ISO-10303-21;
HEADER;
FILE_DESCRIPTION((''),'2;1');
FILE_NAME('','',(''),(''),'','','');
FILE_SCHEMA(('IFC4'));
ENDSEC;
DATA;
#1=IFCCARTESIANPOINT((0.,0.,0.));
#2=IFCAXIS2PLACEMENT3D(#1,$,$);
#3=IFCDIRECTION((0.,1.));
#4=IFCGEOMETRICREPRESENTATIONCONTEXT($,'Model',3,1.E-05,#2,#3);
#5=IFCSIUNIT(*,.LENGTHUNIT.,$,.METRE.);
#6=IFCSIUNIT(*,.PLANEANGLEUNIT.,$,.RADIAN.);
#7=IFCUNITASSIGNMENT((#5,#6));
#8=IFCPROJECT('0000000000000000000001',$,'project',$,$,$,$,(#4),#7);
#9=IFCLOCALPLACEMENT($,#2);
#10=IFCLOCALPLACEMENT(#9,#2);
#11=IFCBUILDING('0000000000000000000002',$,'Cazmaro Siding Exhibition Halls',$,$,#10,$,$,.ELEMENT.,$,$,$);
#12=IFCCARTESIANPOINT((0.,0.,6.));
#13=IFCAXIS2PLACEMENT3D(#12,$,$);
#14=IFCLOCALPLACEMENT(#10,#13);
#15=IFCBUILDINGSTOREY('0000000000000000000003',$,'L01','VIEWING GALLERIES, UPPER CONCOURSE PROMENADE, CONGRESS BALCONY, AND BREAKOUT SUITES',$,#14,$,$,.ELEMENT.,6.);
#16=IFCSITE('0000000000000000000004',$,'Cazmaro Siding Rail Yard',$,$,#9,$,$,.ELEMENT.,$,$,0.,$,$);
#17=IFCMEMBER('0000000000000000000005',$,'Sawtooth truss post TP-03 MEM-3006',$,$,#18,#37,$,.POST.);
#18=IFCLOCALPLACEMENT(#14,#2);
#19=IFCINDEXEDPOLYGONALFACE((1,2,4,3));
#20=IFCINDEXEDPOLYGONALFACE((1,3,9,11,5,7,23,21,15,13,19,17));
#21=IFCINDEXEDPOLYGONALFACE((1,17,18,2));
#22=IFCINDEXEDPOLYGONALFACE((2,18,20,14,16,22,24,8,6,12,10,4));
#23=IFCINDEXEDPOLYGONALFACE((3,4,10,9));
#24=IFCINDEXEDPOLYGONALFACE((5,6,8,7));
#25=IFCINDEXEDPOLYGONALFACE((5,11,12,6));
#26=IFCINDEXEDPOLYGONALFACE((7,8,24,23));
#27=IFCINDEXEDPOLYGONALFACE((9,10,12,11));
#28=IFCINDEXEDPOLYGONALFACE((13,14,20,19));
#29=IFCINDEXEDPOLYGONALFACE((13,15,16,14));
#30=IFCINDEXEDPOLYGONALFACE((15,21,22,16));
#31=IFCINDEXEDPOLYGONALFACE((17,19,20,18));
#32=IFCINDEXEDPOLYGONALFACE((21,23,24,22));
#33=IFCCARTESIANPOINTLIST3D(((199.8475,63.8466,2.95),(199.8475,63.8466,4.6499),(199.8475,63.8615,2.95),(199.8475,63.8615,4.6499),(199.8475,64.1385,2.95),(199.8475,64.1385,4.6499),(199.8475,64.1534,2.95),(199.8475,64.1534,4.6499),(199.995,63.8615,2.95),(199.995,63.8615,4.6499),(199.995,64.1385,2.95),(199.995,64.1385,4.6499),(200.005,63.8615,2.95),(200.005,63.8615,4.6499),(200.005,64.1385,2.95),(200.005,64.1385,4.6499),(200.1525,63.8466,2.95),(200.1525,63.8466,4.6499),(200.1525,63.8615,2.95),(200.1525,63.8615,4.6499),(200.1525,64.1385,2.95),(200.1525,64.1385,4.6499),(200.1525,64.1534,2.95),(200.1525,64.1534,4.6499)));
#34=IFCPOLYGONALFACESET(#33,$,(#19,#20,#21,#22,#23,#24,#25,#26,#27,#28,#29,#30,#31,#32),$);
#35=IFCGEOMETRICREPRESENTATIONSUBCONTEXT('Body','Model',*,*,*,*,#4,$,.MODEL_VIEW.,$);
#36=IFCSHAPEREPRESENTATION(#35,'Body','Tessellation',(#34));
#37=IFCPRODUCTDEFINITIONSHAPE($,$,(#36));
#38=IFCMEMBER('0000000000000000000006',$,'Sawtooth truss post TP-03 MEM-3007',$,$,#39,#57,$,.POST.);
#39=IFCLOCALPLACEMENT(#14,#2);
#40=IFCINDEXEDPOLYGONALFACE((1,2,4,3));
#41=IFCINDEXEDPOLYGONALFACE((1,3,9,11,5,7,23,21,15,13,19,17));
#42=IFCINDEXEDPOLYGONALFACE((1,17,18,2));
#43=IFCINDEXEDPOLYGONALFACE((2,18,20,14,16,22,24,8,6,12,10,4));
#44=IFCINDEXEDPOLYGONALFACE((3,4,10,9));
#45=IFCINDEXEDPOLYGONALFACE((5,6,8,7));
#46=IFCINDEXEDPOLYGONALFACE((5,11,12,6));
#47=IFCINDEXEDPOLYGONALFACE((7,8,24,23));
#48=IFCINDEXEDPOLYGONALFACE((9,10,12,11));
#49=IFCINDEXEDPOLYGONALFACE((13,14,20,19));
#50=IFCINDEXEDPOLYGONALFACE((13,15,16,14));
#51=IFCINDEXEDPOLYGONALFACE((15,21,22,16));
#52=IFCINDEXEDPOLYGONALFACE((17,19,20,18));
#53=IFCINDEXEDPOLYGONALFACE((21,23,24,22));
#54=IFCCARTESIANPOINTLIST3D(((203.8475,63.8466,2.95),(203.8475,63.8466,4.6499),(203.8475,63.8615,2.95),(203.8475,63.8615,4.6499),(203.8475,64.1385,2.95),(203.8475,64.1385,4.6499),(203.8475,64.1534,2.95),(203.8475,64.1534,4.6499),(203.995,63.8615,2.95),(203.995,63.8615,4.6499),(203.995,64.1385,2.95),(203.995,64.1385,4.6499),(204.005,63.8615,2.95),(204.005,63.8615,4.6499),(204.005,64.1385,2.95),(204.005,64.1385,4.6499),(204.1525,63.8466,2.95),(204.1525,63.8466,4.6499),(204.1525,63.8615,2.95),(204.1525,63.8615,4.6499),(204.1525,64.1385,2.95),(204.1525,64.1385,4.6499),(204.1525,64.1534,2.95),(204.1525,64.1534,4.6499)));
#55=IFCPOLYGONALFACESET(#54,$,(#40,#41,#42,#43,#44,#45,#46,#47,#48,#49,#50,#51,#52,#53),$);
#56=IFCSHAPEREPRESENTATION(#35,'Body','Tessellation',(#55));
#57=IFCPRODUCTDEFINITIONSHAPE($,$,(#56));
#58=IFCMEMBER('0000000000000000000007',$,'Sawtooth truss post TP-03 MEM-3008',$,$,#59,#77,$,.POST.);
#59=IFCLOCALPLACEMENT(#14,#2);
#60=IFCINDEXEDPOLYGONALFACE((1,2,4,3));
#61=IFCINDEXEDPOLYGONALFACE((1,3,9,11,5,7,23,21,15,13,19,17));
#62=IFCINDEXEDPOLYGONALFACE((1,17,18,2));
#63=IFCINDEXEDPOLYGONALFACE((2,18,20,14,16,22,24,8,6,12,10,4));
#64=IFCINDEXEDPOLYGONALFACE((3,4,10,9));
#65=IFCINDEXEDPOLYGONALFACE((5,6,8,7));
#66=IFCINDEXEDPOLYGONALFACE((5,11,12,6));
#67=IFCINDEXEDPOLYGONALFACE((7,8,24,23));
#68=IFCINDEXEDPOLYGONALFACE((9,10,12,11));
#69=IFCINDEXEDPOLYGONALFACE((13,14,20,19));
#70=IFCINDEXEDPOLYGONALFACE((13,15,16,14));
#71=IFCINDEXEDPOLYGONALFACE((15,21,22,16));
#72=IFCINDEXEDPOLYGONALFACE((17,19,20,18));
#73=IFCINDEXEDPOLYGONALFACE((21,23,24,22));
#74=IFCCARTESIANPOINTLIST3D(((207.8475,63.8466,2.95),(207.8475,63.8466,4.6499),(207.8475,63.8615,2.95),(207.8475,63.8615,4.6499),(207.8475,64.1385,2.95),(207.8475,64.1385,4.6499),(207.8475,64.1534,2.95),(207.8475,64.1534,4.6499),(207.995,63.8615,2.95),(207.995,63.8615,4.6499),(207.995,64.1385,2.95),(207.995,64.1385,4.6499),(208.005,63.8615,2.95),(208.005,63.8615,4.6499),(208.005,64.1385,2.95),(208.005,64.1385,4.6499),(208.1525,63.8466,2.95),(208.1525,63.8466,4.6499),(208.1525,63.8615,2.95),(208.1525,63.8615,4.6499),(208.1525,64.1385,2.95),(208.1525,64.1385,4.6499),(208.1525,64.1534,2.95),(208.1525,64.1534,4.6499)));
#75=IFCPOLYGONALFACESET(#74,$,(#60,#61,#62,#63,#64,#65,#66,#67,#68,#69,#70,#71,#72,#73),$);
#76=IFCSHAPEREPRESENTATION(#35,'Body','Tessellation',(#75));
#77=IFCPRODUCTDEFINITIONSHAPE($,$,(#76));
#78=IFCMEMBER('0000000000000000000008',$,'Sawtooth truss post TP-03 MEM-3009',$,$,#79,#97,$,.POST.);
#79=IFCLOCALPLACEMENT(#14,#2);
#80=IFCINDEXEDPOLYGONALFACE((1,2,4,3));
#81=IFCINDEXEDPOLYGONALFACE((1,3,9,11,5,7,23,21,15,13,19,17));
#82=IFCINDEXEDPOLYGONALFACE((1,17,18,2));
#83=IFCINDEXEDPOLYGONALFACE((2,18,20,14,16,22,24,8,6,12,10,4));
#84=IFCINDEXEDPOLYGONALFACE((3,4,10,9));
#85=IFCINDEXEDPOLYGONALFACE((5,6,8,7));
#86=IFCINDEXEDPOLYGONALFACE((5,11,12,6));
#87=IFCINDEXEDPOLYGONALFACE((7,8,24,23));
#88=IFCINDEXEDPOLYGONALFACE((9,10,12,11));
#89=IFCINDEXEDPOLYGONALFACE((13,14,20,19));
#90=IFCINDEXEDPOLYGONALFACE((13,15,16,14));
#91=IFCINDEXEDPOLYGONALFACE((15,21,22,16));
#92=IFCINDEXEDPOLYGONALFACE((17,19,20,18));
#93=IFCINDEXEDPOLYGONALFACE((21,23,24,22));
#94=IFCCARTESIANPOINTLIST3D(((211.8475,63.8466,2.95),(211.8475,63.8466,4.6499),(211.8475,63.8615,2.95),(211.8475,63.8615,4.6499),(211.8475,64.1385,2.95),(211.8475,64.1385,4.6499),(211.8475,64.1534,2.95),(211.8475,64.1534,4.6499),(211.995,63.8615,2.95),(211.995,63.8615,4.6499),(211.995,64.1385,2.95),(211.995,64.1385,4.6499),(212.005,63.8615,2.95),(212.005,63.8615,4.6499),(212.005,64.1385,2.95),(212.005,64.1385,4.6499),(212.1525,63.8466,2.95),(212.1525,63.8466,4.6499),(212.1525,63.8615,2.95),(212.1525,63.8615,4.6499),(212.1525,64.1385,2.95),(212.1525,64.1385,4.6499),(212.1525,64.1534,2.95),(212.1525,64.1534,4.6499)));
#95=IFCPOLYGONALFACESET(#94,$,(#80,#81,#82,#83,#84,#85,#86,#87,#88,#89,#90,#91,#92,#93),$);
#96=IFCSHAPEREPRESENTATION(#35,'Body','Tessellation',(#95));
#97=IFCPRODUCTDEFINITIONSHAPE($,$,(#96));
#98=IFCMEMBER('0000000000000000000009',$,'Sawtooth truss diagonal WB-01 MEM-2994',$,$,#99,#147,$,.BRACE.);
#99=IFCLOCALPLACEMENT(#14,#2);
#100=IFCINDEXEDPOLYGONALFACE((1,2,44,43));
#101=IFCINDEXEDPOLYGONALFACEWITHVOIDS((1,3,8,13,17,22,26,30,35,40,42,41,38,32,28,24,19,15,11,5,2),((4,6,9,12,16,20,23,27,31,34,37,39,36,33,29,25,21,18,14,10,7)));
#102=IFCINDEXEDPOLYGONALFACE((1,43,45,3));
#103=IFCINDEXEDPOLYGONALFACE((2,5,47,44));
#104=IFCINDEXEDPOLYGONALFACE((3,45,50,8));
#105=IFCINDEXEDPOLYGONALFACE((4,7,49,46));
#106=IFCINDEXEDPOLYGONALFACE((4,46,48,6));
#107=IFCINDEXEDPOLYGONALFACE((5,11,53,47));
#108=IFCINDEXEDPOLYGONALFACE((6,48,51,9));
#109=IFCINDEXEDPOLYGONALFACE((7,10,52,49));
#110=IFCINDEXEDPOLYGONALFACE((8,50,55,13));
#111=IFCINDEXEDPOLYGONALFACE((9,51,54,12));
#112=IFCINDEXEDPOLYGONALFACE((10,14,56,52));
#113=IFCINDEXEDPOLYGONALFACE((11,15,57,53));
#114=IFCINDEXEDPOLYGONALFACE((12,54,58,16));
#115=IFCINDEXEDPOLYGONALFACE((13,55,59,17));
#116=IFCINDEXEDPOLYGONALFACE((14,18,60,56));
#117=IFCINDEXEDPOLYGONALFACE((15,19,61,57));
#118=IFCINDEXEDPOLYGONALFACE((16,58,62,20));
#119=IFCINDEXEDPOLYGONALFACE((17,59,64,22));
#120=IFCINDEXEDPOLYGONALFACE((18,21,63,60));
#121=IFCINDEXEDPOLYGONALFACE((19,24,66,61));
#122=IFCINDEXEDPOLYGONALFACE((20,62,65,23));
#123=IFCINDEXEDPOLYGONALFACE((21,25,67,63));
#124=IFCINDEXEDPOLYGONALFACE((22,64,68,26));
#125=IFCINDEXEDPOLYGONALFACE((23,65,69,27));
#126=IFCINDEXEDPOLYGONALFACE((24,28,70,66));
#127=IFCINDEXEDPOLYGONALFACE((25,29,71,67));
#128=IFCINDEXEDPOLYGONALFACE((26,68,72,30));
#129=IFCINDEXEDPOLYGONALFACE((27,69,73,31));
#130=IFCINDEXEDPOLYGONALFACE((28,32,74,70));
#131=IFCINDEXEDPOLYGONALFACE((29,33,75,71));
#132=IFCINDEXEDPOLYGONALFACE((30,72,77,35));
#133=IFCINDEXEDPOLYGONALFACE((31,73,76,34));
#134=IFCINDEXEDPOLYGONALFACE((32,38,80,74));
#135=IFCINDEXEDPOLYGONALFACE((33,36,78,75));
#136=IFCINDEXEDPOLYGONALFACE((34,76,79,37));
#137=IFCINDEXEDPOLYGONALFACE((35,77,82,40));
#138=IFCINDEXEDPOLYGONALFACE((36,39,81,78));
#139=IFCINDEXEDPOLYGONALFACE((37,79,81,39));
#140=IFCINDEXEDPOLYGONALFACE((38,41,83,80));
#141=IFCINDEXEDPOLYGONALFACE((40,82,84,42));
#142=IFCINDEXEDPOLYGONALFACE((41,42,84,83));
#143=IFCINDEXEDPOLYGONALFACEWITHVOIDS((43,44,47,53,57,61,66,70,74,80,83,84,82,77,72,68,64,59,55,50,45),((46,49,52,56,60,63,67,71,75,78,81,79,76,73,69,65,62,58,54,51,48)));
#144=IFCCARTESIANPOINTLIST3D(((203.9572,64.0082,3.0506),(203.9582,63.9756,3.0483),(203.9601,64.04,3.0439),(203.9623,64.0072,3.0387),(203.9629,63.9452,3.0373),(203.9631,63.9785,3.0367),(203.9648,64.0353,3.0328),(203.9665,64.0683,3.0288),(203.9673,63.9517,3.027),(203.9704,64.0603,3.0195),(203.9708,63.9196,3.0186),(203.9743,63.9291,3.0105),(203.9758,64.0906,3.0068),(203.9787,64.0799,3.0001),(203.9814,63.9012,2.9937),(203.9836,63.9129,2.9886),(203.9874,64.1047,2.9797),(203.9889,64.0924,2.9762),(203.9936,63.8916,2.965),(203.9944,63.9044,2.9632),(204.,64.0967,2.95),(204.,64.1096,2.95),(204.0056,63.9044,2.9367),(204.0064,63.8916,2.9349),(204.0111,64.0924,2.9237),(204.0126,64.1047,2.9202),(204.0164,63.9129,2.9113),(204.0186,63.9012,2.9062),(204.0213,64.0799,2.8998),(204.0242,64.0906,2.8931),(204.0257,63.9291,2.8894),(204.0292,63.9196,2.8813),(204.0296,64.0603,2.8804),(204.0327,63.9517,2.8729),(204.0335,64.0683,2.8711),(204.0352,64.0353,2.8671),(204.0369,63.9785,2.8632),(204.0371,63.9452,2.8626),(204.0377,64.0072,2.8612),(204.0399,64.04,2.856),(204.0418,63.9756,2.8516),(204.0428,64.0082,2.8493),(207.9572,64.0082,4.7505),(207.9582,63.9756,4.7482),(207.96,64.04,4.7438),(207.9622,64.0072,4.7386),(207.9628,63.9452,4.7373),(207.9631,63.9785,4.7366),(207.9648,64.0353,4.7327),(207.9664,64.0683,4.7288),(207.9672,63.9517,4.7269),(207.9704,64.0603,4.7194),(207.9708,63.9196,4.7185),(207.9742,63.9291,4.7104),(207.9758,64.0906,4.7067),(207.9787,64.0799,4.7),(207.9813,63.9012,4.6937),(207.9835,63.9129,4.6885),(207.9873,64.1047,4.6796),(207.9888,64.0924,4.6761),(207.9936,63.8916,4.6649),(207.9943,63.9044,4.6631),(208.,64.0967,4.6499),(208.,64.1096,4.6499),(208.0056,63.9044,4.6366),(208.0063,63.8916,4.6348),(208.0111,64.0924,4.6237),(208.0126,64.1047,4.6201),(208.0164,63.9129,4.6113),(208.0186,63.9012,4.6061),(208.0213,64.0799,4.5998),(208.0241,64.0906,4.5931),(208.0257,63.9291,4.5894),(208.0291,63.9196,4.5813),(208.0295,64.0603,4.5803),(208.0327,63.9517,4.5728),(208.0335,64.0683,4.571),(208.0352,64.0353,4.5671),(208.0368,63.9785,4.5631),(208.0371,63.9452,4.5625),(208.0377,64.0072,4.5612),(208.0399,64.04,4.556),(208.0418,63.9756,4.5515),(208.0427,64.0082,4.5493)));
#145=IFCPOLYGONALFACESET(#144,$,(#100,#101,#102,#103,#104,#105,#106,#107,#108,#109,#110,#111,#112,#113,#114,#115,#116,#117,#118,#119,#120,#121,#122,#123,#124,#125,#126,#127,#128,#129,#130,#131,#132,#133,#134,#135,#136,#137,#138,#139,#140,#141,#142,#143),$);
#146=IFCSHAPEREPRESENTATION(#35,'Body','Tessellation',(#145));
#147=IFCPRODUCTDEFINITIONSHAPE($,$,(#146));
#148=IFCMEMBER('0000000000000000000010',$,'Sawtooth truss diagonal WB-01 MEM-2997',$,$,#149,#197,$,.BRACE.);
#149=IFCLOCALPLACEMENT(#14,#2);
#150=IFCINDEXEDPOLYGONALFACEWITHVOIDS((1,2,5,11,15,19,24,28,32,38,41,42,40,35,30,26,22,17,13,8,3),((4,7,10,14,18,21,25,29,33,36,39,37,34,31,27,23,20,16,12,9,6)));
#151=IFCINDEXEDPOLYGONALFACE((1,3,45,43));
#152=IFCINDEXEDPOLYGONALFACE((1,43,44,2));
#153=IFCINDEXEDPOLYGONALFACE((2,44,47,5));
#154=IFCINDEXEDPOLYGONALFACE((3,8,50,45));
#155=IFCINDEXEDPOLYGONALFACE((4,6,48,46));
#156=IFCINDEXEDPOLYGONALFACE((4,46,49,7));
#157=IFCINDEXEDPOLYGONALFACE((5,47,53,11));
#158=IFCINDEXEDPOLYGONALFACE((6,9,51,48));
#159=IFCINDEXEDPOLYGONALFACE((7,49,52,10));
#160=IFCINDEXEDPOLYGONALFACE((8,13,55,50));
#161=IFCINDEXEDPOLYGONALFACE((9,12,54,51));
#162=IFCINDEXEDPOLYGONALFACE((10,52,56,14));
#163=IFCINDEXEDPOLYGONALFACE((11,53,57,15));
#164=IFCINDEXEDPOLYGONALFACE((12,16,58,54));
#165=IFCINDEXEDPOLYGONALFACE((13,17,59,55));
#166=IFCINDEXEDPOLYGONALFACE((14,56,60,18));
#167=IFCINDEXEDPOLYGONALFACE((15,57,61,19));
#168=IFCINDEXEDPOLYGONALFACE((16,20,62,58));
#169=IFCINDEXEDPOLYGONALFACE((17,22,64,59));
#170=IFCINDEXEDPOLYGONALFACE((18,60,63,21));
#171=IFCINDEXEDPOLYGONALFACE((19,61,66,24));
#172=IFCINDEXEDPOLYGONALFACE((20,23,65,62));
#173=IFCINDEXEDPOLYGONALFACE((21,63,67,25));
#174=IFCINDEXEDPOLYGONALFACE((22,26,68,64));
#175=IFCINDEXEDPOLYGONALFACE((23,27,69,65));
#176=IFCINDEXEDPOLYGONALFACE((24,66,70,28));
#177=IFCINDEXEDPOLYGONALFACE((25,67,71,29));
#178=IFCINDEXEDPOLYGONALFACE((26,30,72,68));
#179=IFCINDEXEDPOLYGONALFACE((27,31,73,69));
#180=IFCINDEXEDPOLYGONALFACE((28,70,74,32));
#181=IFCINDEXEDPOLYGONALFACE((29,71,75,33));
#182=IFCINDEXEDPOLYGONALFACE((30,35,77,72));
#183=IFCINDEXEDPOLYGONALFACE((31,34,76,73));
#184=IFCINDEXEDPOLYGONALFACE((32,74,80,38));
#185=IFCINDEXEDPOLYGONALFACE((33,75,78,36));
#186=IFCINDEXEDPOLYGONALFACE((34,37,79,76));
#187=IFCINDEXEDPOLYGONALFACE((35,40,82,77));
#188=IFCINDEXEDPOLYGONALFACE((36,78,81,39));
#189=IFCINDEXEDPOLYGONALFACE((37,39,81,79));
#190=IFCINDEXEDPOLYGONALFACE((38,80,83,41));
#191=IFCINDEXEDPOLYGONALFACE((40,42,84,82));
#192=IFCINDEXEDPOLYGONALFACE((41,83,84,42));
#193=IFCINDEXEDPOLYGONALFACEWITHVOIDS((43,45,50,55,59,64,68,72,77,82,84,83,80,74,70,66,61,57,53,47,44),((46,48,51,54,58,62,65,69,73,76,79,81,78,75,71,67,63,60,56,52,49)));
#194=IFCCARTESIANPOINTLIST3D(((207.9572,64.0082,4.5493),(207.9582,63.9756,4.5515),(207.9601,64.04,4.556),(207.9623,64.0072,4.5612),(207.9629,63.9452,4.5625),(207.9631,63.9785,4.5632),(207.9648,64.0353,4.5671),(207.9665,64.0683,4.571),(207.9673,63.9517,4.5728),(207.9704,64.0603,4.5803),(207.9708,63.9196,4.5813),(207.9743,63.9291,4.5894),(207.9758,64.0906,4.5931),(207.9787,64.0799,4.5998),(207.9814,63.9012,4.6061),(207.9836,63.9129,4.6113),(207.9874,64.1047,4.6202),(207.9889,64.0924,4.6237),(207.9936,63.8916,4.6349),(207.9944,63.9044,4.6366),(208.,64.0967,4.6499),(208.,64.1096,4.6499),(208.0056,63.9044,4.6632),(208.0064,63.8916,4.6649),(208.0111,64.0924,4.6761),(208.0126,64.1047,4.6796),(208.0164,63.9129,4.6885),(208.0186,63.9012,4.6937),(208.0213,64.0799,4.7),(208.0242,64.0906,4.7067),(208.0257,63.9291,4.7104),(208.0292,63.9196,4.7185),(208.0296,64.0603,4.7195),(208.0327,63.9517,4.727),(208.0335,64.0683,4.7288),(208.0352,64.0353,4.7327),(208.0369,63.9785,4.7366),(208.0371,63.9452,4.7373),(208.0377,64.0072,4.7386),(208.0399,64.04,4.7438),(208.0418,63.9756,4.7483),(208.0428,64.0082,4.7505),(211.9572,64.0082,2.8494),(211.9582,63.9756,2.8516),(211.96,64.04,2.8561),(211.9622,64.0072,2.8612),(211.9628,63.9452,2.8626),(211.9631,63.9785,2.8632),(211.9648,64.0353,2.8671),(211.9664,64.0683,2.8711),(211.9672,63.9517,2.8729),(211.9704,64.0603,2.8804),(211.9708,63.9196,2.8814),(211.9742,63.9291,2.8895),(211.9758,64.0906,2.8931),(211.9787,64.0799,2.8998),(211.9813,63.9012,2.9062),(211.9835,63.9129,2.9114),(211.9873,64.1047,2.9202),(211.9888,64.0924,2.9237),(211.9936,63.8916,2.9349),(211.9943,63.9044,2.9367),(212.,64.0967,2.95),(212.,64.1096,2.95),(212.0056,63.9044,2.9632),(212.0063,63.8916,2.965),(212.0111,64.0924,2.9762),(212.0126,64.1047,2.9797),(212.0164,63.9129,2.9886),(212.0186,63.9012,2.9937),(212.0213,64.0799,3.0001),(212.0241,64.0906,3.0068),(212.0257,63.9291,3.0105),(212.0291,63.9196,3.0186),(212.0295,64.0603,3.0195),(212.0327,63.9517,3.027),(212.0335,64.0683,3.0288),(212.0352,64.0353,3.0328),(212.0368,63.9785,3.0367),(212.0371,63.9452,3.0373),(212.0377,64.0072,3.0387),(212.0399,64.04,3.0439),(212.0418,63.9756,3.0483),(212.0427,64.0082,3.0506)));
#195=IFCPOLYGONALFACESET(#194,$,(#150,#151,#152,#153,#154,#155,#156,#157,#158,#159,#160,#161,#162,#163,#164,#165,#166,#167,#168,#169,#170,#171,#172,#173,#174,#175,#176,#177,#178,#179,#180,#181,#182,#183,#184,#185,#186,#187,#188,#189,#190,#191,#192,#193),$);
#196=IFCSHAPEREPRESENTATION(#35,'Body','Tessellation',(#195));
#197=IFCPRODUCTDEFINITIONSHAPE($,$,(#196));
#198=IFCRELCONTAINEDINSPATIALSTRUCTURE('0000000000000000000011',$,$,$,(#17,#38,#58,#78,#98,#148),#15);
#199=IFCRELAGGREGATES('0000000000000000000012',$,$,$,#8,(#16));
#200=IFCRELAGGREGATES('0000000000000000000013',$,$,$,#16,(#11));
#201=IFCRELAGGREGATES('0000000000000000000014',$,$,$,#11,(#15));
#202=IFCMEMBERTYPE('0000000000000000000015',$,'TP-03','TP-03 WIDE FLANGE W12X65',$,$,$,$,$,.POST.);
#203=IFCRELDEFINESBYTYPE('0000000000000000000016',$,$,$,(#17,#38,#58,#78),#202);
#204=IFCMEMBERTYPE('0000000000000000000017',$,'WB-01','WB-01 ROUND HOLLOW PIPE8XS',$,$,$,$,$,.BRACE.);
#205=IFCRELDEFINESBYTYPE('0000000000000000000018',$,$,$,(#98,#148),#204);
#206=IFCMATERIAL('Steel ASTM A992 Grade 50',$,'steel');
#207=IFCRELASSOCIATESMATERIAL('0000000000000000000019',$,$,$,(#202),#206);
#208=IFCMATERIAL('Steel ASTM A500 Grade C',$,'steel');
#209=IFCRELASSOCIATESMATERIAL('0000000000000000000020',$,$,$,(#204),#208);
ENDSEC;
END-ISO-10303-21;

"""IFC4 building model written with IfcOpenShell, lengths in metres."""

from ifc_helpers import new_model, si_unit, direction, frame, origin, origin_2d, place, context, subcontext, project, spatial, hollow_circle, i_section, extrude, material, material_profile, profile_set, type_object, element, save


model = new_model("IFC4")

# Units and contexts
model_context = context("Model", 3, precision=1e-05, world=origin(), true_north=direction((0.0, 1.0)))
body_context = subcontext(model_context, "Body", "Model", "MODEL_VIEW")
ifc_project = project(units=[si_unit("LENGTHUNIT", "METRE"), si_unit("PLANEANGLEUNIT", "RADIAN")], contexts=[model_context])

# Site, building, storey
site_placement = place(None, origin())
site = spatial("IfcSite", under=ifc_project, at=site_placement, Name="Cazmaro Siding Rail Yard", CompositionType="ELEMENT", RefElevation=0.0)
building_placement = place(site_placement, origin())
building = spatial("IfcBuilding", under=site, at=building_placement, Name="Cazmaro Siding Exhibition Halls", CompositionType="ELEMENT")
storey_placement = place(building_placement, frame((0.0, 0.0, 6.0)))
storey = spatial("IfcBuildingStorey", under=building, at=storey_placement, Name="L01", Description="VIEWING GALLERIES, UPPER CONCOURSE PROMENADE, CONGRESS BALCONY, AND BREAKOUT SUITES", CompositionType="ELEMENT", Elevation=6.0)

# Members
ifc_material_1 = material(Name="Steel ASTM A992 Grade 50", Category="steel")
ifc_material_profile_1 = material_profile(ifc_material_1, i_section(OverallWidth=0.3049, OverallDepth=0.3069, WebThickness=0.01, FlangeThickness=0.0149, at=origin_2d()), Name="W12X65")
ifc_profile_set_1 = profile_set([ifc_material_profile_1], Name="Steel ASTM A992 Grade 50")
member_type_1 = type_object("IfcMemberType", Name="TP-03", Description="TP-03 WIDE FLANGE W12X65", PredefinedType="POST", material=ifc_profile_set_1)
for number, where, z_axis, x_axis, name in (
    (1, (200.0, 64.0, 2.95), (0.0, 0.0, 1.0), (1.0, 0.0, 0.0), "Sawtooth truss post TP-03 MEM-3006"),
    (2, (204.0, 64.0, 2.95), (0.0, 0.0, 1.0), (1.0, 0.0, 0.0), "Sawtooth truss post TP-03 MEM-3007"),
    (3, (208.0, 64.0, 2.95), (0.0, 0.0, 1.0), (1.0, 0.0, 0.0), "Sawtooth truss post TP-03 MEM-3008"),
    (4, (212.0, 64.0, 2.95), (0.0, 0.0, 1.0), (1.0, 0.0, 0.0), "Sawtooth truss post TP-03 MEM-3009"),
):
    element("IfcMember", number, at=place(storey_placement, frame(where, z_axis=z_axis, x_axis=x_axis)), inside=storey, type_object=member_type_1, Name=name, PredefinedType="POST", context=body_context, shape_type="SweptSolid", body=[
        extrude(i_section(OverallWidth=0.3049, OverallDepth=0.3069, WebThickness=0.01, FlangeThickness=0.0149, at=origin_2d()), origin(), (0.0, 0.0, 1.0), 1.7),
    ])
ifc_material_2 = material(Name="Steel ASTM A500 Grade C", Category="steel")
ifc_material_profile_2 = material_profile(ifc_material_2, hollow_circle(Radius=0.1096, WallThickness=0.0129, at=origin_2d()), Name="PIPE8XS")
ifc_profile_set_2 = profile_set([ifc_material_profile_2], Name="Steel ASTM A500 Grade C")
member_type_2 = type_object("IfcMemberType", Name="WB-01", Description="WB-01 ROUND HOLLOW PIPE8XS", PredefinedType="BRACE", material=ifc_profile_set_2)
for number, where, z_axis, x_axis, name in (
    (5, (204.0, 64.0, 2.95), (0.920335, 0.0, 0.391131), (0.0, 1.0, 0.0), "Sawtooth truss diagonal WB-01 MEM-2994"),
    (6, (208.0, 64.0, 4.6499), (0.920335, 0.0, -0.391131), (0.0, 1.0, 0.0), "Sawtooth truss diagonal WB-01 MEM-2997"),
):
    element("IfcMember", number, at=place(storey_placement, frame(where, z_axis=z_axis, x_axis=x_axis)), inside=storey, type_object=member_type_2, Name=name, PredefinedType="BRACE", context=body_context, shape_type="SweptSolid", body=[
        extrude(hollow_circle(Radius=0.1096, WallThickness=0.0129, at=origin_2d()), origin(), (0.0, 0.0, 1.0), 4.3462),
    ])

save(model, "model.ifc")
